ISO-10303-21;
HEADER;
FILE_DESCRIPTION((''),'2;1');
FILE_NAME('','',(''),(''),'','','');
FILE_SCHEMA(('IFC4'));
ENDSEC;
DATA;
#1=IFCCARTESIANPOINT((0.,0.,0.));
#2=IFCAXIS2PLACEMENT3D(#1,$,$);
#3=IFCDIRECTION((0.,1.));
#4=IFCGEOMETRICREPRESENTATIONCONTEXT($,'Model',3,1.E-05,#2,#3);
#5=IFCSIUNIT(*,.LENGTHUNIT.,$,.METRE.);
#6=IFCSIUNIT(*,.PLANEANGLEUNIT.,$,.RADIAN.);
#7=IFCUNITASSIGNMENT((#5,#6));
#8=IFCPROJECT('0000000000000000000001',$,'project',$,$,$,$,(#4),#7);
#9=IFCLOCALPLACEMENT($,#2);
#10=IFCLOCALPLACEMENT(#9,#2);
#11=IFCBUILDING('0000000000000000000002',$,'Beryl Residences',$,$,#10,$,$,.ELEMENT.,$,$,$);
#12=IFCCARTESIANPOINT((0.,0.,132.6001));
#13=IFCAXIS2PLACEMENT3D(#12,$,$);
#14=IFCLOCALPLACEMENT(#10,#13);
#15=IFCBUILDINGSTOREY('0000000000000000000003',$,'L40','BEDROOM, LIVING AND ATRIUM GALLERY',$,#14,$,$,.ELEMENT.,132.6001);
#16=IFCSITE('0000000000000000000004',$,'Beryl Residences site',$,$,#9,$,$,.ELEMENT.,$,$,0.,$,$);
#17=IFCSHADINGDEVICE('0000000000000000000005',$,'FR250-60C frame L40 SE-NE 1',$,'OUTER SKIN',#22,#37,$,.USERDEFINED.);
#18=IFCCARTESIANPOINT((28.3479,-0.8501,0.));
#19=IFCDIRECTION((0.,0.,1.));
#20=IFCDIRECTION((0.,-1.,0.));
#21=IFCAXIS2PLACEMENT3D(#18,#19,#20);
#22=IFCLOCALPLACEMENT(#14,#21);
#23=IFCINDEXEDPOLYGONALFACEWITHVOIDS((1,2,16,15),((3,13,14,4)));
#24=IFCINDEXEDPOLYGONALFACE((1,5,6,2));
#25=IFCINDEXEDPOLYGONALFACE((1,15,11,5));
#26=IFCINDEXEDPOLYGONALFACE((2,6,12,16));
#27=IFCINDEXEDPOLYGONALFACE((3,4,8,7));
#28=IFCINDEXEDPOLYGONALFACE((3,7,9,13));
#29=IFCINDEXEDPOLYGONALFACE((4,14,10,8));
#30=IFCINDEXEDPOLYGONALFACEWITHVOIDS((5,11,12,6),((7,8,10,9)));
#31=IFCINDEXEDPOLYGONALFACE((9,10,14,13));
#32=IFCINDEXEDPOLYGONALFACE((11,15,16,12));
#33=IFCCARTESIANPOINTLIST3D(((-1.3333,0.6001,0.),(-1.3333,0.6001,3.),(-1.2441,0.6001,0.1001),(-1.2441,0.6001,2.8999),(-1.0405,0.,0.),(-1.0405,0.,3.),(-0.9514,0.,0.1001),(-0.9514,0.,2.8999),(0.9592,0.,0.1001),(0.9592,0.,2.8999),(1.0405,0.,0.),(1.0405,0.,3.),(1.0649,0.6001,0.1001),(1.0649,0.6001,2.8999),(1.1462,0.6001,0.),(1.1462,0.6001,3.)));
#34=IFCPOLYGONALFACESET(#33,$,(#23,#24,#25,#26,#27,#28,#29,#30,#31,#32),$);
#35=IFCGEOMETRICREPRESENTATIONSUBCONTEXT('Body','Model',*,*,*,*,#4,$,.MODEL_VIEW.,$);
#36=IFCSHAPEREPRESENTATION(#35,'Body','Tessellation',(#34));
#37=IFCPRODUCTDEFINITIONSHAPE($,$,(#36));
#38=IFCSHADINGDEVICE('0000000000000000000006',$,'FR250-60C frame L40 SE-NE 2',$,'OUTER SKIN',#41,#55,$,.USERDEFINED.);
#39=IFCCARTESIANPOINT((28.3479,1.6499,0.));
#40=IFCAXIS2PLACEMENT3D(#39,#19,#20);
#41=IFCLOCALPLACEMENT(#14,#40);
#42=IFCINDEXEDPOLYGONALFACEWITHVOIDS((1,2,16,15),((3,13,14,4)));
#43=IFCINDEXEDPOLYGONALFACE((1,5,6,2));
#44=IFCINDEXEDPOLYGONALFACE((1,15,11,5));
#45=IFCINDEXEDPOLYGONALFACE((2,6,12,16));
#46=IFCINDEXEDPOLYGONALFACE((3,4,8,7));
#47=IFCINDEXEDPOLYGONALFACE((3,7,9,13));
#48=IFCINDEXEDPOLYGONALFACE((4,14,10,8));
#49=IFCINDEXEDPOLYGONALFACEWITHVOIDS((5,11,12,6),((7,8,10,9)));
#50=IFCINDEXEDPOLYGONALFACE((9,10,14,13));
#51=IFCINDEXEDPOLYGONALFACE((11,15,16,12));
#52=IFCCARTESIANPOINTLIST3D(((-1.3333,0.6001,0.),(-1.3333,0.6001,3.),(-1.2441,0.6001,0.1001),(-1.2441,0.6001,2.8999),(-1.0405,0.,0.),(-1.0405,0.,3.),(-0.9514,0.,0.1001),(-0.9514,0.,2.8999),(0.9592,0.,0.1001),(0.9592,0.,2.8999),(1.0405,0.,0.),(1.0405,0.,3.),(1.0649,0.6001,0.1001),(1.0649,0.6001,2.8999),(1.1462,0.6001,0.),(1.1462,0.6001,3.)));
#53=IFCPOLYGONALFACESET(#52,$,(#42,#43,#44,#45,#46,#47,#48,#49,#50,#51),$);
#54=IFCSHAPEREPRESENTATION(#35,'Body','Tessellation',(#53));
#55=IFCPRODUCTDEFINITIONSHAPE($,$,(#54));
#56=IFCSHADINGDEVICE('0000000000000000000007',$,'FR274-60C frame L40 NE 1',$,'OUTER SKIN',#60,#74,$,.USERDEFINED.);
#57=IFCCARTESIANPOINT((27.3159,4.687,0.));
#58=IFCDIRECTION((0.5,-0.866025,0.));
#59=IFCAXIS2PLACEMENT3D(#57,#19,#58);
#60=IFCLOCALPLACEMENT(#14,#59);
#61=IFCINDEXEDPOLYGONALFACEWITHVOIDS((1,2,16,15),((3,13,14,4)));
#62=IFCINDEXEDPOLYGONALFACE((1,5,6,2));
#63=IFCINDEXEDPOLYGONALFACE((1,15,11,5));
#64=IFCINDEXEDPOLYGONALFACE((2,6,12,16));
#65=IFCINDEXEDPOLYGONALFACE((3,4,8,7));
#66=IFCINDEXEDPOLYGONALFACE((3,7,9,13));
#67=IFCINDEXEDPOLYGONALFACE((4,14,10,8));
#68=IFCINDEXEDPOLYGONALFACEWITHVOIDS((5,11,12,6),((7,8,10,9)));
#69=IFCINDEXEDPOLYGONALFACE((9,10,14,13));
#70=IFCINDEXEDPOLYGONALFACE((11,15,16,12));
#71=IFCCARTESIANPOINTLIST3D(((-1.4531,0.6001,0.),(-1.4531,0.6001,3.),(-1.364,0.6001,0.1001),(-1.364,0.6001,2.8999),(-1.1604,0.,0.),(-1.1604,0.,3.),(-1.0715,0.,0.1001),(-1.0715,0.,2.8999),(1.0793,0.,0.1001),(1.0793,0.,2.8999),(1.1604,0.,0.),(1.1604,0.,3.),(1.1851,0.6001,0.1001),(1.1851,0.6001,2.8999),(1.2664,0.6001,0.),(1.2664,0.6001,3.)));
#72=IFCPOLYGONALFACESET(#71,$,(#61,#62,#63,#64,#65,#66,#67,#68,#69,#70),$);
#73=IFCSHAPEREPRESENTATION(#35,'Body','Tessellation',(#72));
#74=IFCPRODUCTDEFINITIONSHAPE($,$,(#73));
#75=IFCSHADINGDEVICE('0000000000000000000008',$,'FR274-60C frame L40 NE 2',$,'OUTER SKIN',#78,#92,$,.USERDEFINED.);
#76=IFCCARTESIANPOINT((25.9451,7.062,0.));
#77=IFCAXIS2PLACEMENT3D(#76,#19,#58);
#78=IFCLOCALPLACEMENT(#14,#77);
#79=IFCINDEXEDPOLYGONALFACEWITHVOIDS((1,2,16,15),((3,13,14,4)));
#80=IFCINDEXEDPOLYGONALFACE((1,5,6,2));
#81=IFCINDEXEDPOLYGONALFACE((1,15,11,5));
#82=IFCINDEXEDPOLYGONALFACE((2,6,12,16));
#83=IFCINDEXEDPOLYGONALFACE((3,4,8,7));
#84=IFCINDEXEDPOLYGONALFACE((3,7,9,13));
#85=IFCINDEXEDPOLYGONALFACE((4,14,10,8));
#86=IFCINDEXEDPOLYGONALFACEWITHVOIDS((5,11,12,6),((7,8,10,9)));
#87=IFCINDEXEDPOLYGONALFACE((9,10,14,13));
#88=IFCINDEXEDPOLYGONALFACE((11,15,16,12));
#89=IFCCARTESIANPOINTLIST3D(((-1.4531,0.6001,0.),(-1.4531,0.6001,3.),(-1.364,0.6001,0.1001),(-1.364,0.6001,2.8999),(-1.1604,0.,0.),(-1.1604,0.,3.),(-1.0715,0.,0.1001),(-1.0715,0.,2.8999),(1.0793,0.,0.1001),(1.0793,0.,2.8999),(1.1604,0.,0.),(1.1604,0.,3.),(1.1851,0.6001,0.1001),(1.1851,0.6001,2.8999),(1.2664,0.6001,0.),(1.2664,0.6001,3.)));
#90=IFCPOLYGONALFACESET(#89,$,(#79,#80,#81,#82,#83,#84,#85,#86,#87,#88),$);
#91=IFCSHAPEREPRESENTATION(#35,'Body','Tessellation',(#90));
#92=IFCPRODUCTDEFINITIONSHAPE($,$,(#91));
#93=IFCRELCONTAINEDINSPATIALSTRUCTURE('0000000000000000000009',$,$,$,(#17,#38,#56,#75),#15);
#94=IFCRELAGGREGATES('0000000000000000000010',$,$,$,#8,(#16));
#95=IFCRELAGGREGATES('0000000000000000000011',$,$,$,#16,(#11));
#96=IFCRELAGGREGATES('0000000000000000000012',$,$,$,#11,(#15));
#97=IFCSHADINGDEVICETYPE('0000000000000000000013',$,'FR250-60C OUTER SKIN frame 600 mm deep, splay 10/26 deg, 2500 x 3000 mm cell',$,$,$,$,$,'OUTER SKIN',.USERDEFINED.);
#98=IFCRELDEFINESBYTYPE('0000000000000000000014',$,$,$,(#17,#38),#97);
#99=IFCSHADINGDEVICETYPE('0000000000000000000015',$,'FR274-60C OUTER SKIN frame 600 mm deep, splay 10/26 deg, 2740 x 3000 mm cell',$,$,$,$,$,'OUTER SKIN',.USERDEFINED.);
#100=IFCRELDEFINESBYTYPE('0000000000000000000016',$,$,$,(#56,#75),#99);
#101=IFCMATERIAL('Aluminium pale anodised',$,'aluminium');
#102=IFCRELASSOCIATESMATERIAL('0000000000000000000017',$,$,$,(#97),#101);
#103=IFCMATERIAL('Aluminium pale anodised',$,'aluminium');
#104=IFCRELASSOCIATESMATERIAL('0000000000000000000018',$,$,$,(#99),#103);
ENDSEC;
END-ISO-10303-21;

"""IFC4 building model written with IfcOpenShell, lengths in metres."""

from ifc_helpers import new_model, entity, si_unit, direction, frame, origin, place, context, subcontext, project, spatial, source, transform, mapped, material, type_object, type_shapes, element, save


model = new_model("IFC4")

# Units and contexts
model_context = context("Model", 3, precision=1e-05, world=origin(), true_north=direction((0.0, 1.0)))
body_context = subcontext(model_context, "Body", "Model", "MODEL_VIEW")
ifc_project = project(units=[si_unit("LENGTHUNIT", "METRE"), si_unit("PLANEANGLEUNIT", "RADIAN")], contexts=[model_context])

# Site, building, storey
site_placement = place(None, origin())
site = spatial("IfcSite", under=ifc_project, at=site_placement, Name="Beryl Residences site", CompositionType="ELEMENT", RefElevation=0.0)
building_placement = place(site_placement, origin())
building = spatial("IfcBuilding", under=site, at=building_placement, Name="Beryl Residences", CompositionType="ELEMENT")
storey_placement = place(building_placement, frame((0.0, 0.0, 132.6001)))
storey = spatial("IfcBuildingStorey", under=building, at=storey_placement, Name="L40", Description="BEDROOM, LIVING AND ATRIUM GALLERY", CompositionType="ELEMENT", Elevation=132.6001)

# Shading devices
ifc_material_1 = material(Name="Aluminium pale anodised", Category="aluminium")
shading_device_type_1 = type_object("IfcShadingDeviceType", Name="FR250-60C OUTER SKIN frame 600 mm deep, splay 10/26 deg, 2500 x 3000 mm cell", ElementType="OUTER SKIN", PredefinedType="USERDEFINED", material=ifc_material_1)
cartesian_point_1 = entity("IfcCartesianPoint", [-1.0405, 0.0])
cartesian_point_2 = entity("IfcCartesianPoint", [-0.9592, 0.1001])
cartesian_point_3 = entity("IfcCartesianPoint", [-1.1462, 0.0])
cartesian_point_4 = entity("IfcCartesianPoint", [-1.0649, 0.1001])
shared_shape_1 = source(origin(), body_context, "Body", "SweptSolid", [
    entity("IfcExtrudedAreaSolidTapered", entity("IfcArbitraryProfileDefWithVoids", "AREA", None, entity("IfcPolyline", [cartesian_point_1, entity("IfcCartesianPoint", [1.0405, 0.0]), entity("IfcCartesianPoint", [1.0405, 3.0]), entity("IfcCartesianPoint", [-1.0405, 3.0]), cartesian_point_1]), [entity("IfcPolyline", [cartesian_point_2, entity("IfcCartesianPoint", [0.9514, 0.1001]), entity("IfcCartesianPoint", [0.9514, 2.8999]), entity("IfcCartesianPoint", [-0.9592, 2.8999]), cartesian_point_2])]), entity("IfcAxis2Placement3D", entity("IfcCartesianPoint", [0.0, 0.0, 0.0]), entity("IfcDirection", [0.0, 1.0, 0.0]), entity("IfcDirection", [-1.0, 0.0, 0.0])), entity("IfcDirection", [0.0, 0.0, 1.0]), 0.6001, entity("IfcArbitraryProfileDefWithVoids", "AREA", None, entity("IfcPolyline", [cartesian_point_3, entity("IfcCartesianPoint", [1.3333, 0.0]), entity("IfcCartesianPoint", [1.3333, 3.0]), entity("IfcCartesianPoint", [-1.1462, 3.0]), cartesian_point_3]), [entity("IfcPolyline", [cartesian_point_4, entity("IfcCartesianPoint", [1.2441, 0.1001]), entity("IfcCartesianPoint", [1.2441, 2.8999]), entity("IfcCartesianPoint", [-1.0649, 2.8999]), cartesian_point_4])])),
])
type_shapes(shading_device_type_1, [shared_shape_1])
for number, where, z_axis, x_axis, name in (
    (1, (28.3479, -0.8501, 0.0), (0.0, 0.0, 1.0), (0.0, -1.0, 0.0), "FR250-60C frame L40 SE-NE 1"),
    (2, (28.3479, 1.6499, 0.0), (0.0, 0.0, 1.0), (0.0, -1.0, 0.0), "FR250-60C frame L40 SE-NE 2"),
):
    element("IfcShadingDevice", number, at=place(storey_placement, frame(where, z_axis=z_axis, x_axis=x_axis)), inside=storey, type_object=shading_device_type_1, Name=name, ObjectType="OUTER SKIN", PredefinedType="USERDEFINED", context=body_context, shape_type="MappedRepresentation", body=[
        mapped(shared_shape_1, transform((0.0, 0.0, 0.0))),
    ])
ifc_material_2 = material(Name="Aluminium pale anodised", Category="aluminium")
shading_device_type_2 = type_object("IfcShadingDeviceType", Name="FR274-60C OUTER SKIN frame 600 mm deep, splay 10/26 deg, 2740 x 3000 mm cell", ElementType="OUTER SKIN", PredefinedType="USERDEFINED", material=ifc_material_2)
cartesian_point_5 = entity("IfcCartesianPoint", [-1.1604, 0.0])
cartesian_point_6 = entity("IfcCartesianPoint", [-1.0793, 0.1001])
cartesian_point_7 = entity("IfcCartesianPoint", [-1.2664, 0.0])
cartesian_point_8 = entity("IfcCartesianPoint", [-1.1851, 0.1001])
shared_shape_2 = source(origin(), body_context, "Body", "SweptSolid", [
    entity("IfcExtrudedAreaSolidTapered", entity("IfcArbitraryProfileDefWithVoids", "AREA", None, entity("IfcPolyline", [cartesian_point_5, entity("IfcCartesianPoint", [1.1604, 0.0]), entity("IfcCartesianPoint", [1.1604, 3.0]), entity("IfcCartesianPoint", [-1.1604, 3.0]), cartesian_point_5]), [entity("IfcPolyline", [cartesian_point_6, entity("IfcCartesianPoint", [1.0715, 0.1001]), entity("IfcCartesianPoint", [1.0715, 2.8999]), entity("IfcCartesianPoint", [-1.0793, 2.8999]), cartesian_point_6])]), entity("IfcAxis2Placement3D", entity("IfcCartesianPoint", [0.0, 0.0, 0.0]), entity("IfcDirection", [0.0, 1.0, 0.0]), entity("IfcDirection", [-1.0, 0.0, 0.0])), entity("IfcDirection", [0.0, 0.0, 1.0]), 0.6001, entity("IfcArbitraryProfileDefWithVoids", "AREA", None, entity("IfcPolyline", [cartesian_point_7, entity("IfcCartesianPoint", [1.4531, 0.0]), entity("IfcCartesianPoint", [1.4531, 3.0]), entity("IfcCartesianPoint", [-1.2664, 3.0]), cartesian_point_7]), [entity("IfcPolyline", [cartesian_point_8, entity("IfcCartesianPoint", [1.364, 0.1001]), entity("IfcCartesianPoint", [1.364, 2.8999]), entity("IfcCartesianPoint", [-1.1851, 2.8999]), cartesian_point_8])])),
])
type_shapes(shading_device_type_2, [shared_shape_2])
for number, where, z_axis, x_axis, name in (
    (3, (27.3159, 4.687, 0.0), (0.0, 0.0, 1.0), (0.5, -0.866025, 0.0), "FR274-60C frame L40 NE 1"),
    (4, (25.9451, 7.062, 0.0), (0.0, 0.0, 1.0), (0.5, -0.866025, 0.0), "FR274-60C frame L40 NE 2"),
):
    element("IfcShadingDevice", number, at=place(storey_placement, frame(where, z_axis=z_axis, x_axis=x_axis)), inside=storey, type_object=shading_device_type_2, Name=name, ObjectType="OUTER SKIN", PredefinedType="USERDEFINED", context=body_context, shape_type="MappedRepresentation", body=[
        mapped(shared_shape_2, transform((0.0, 0.0, 0.0))),
    ])

save(model, "model.ifc")
